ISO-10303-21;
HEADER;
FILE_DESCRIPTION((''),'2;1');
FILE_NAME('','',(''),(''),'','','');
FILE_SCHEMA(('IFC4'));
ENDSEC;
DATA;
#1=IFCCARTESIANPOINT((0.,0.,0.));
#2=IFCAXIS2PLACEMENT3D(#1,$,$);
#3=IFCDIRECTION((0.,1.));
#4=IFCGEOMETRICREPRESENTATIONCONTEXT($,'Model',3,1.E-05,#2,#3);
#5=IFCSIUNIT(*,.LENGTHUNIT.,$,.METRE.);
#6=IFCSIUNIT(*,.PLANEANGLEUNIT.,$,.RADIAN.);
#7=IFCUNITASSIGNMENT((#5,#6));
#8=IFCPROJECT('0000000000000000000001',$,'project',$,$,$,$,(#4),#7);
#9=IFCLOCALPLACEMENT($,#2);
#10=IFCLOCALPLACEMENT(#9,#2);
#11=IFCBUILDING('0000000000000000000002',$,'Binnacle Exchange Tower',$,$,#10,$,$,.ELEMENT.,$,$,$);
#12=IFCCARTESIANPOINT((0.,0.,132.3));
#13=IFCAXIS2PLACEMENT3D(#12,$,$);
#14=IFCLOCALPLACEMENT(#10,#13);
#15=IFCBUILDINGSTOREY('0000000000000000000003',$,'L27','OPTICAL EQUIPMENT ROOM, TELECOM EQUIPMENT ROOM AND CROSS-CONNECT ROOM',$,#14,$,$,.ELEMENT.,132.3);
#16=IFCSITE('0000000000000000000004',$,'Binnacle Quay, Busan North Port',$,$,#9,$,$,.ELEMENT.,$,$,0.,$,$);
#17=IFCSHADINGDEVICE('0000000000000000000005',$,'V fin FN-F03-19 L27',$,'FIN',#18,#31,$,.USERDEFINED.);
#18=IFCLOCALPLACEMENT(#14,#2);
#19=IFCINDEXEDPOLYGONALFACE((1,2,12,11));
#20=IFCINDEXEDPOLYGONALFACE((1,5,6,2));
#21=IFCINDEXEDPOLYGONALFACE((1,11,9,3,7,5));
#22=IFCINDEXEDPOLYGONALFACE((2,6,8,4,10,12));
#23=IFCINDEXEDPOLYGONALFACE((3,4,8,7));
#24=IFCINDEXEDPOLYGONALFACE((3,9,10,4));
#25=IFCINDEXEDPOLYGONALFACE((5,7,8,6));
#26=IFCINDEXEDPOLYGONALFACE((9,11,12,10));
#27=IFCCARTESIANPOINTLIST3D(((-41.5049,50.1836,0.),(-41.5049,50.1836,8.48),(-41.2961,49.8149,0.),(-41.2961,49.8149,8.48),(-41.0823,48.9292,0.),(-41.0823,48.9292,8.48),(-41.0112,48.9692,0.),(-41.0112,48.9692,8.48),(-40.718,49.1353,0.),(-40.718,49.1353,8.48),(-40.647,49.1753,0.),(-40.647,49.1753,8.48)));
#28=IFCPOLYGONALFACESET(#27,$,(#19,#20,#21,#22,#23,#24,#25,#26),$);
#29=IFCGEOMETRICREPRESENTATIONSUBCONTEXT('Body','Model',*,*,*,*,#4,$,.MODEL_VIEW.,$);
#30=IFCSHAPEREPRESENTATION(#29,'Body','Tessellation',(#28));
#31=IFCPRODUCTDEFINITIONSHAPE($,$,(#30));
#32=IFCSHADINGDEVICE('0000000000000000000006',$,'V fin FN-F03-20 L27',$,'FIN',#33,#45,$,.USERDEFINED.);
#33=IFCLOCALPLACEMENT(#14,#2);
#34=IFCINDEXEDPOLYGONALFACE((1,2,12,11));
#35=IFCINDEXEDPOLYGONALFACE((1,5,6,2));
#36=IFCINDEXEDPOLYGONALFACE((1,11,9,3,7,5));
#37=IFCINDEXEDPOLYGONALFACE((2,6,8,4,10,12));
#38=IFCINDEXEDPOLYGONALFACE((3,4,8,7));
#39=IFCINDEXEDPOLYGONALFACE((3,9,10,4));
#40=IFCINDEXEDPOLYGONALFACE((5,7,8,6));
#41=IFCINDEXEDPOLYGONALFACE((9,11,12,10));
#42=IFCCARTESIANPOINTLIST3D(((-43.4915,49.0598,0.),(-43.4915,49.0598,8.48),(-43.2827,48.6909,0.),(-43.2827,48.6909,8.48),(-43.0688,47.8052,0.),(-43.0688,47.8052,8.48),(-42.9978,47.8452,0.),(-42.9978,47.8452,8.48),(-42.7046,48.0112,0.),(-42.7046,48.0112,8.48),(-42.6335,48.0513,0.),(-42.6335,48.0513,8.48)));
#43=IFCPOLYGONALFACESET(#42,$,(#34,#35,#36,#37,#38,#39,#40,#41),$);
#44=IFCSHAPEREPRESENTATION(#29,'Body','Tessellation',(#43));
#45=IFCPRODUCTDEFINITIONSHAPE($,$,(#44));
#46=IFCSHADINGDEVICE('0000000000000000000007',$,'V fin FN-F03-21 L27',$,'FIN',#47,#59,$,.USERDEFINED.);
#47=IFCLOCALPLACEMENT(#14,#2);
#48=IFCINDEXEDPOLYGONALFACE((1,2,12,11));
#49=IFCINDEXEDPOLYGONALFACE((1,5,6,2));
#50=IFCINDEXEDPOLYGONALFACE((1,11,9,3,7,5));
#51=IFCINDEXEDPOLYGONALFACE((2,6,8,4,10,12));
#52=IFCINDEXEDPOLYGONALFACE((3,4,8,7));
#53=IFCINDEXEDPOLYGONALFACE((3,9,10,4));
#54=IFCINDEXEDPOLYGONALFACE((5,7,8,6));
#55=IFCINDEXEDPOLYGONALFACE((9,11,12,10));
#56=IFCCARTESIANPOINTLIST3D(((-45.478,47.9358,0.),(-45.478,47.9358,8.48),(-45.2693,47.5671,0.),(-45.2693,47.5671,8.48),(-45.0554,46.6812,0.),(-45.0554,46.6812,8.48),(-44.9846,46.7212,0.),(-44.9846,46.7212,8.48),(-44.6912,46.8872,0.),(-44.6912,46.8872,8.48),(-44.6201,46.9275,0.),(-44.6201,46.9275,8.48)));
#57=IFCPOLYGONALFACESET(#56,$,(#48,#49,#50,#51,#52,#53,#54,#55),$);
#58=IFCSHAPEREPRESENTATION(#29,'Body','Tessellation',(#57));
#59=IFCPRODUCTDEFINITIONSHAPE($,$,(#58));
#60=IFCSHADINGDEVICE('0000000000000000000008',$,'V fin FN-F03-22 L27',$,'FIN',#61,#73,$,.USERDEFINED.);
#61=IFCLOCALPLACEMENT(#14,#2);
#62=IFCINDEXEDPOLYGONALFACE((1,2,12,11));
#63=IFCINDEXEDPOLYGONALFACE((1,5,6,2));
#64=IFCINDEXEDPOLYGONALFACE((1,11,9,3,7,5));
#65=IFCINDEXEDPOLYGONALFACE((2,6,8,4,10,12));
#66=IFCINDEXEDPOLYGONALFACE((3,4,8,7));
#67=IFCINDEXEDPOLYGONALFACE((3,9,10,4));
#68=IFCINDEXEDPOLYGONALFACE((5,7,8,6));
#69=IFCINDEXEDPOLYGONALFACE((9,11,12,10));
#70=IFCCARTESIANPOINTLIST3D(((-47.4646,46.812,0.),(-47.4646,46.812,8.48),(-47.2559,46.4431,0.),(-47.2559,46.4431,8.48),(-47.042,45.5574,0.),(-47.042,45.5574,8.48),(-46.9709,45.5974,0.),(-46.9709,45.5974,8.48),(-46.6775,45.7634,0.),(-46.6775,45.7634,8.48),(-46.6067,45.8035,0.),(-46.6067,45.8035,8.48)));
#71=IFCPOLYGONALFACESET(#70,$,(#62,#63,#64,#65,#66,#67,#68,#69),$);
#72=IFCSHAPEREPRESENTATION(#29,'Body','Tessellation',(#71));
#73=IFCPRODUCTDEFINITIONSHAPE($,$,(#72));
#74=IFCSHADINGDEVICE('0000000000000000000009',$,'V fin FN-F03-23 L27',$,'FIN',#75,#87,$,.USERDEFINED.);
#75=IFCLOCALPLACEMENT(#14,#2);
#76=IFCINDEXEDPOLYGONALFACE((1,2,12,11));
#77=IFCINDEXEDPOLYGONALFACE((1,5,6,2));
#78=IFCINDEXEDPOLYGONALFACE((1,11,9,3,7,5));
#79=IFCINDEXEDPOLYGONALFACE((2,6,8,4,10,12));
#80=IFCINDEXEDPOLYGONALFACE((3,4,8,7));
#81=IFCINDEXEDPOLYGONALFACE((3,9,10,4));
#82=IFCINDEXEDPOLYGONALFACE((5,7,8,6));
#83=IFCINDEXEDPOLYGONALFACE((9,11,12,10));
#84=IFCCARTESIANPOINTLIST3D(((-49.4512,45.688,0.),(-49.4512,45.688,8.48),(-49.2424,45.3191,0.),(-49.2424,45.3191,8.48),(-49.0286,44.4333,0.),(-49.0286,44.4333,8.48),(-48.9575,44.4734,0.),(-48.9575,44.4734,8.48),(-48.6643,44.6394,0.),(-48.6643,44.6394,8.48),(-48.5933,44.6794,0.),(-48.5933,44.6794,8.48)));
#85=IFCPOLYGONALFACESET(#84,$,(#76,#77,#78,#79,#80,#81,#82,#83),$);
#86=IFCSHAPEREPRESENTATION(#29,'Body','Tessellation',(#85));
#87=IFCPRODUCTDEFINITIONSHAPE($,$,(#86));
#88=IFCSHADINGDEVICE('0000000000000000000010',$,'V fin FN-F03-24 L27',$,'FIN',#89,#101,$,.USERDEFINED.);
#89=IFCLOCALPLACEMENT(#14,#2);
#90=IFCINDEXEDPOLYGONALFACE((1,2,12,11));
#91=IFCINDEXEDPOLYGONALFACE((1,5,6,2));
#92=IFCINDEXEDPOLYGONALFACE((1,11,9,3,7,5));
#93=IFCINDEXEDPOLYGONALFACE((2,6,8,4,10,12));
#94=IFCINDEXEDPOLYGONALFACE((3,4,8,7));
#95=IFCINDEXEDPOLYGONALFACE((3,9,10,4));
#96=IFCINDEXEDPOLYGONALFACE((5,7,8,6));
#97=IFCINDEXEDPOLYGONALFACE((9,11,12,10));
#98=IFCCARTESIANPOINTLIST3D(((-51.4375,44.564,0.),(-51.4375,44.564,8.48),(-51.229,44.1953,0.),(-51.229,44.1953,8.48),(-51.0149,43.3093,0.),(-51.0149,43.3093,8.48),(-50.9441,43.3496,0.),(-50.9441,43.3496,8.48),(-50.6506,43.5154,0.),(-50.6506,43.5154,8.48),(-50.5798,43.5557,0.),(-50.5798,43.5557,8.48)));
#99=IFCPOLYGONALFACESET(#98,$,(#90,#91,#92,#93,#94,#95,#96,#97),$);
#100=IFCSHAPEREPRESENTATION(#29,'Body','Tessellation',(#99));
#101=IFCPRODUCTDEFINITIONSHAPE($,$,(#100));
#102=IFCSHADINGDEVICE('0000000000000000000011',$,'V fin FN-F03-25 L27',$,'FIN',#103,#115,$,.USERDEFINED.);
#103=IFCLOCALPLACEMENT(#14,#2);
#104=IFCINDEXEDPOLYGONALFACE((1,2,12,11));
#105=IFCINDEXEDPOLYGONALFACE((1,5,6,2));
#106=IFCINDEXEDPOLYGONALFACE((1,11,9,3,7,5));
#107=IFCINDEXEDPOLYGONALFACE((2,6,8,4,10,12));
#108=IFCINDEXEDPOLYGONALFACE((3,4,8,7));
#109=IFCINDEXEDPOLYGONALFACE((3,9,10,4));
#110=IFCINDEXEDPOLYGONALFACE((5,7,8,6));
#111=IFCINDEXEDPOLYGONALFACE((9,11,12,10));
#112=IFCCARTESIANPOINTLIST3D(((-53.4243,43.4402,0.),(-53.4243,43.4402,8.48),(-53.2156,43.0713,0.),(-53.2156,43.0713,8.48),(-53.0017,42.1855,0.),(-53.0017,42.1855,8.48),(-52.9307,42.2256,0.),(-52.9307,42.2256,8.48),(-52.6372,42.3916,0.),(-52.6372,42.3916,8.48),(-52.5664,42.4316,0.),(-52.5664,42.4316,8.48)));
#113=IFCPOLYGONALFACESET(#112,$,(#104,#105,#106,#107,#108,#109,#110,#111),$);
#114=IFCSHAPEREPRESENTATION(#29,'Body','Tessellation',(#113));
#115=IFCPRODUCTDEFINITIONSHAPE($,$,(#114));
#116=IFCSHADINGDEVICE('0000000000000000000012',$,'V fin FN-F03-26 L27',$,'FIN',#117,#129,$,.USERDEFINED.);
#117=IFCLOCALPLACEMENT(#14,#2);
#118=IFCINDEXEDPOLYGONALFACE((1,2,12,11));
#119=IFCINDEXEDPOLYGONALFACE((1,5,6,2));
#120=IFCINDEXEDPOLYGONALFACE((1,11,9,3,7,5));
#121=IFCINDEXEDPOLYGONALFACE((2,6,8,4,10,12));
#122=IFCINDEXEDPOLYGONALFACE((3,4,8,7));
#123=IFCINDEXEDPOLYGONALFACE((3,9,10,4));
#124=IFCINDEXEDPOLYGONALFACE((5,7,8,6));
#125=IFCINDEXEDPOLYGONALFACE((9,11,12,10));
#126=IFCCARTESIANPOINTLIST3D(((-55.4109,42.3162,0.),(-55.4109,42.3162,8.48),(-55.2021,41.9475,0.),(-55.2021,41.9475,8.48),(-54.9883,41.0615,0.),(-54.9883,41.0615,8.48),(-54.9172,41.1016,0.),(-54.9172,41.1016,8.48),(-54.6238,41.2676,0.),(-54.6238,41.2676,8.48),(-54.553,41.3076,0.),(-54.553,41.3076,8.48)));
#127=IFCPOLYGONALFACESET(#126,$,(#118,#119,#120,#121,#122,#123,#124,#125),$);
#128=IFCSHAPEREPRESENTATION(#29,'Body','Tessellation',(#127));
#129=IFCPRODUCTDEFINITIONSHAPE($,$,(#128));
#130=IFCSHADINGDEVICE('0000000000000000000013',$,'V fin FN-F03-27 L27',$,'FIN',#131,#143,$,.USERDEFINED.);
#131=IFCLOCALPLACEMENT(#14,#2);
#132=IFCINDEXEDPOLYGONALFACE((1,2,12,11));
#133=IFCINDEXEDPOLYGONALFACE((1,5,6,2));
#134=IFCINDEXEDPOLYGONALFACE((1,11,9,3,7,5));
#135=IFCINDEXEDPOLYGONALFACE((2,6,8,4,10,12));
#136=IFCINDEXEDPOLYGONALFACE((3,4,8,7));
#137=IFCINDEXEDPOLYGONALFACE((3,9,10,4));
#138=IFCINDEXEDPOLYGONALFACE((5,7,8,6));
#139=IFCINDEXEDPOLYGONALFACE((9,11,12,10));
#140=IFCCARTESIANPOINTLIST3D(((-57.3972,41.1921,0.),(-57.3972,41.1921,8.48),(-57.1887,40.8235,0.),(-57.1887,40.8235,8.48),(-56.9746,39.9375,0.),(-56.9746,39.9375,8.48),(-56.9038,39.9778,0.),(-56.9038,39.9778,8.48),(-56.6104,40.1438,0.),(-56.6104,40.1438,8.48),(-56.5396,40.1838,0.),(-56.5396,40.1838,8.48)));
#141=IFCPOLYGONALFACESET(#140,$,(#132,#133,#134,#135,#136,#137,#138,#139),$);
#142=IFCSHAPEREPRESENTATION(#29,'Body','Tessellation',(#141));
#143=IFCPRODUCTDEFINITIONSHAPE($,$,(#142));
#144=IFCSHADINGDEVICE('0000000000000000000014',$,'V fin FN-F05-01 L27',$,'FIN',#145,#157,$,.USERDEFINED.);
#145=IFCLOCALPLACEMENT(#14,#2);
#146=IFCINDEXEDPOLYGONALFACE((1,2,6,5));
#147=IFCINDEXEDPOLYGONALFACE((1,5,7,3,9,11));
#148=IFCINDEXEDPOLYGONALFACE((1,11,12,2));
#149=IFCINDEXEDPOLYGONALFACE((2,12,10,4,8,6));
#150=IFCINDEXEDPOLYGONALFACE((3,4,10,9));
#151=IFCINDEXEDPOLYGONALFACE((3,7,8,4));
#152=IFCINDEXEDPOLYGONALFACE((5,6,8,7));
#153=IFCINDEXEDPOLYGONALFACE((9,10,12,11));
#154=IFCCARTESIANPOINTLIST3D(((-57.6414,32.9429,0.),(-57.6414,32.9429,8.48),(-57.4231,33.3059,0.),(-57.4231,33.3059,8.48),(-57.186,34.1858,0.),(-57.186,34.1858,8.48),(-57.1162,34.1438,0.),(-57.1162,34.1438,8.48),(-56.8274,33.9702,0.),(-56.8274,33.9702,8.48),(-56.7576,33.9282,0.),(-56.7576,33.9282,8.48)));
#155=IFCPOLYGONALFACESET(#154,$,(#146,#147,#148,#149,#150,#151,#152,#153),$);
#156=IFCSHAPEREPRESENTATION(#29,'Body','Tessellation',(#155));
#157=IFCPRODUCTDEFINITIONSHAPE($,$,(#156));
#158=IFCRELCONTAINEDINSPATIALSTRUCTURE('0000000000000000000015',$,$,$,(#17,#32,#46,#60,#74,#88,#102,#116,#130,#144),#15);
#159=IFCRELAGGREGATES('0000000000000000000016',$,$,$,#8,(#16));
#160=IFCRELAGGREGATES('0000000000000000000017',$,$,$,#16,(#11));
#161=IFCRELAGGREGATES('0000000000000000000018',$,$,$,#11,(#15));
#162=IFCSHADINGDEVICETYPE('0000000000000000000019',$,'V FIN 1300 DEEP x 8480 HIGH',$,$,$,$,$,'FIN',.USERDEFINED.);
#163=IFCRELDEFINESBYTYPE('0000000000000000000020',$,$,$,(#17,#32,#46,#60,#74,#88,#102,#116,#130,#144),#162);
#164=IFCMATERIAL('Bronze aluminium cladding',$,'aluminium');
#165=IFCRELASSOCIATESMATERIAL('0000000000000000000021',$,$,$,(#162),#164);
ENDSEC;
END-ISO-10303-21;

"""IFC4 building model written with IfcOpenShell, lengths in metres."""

from ifc_helpers import new_model, si_unit, direction, frame, origin, place, context, subcontext, project, spatial, polyline, outline, extrude, material, type_object, element, save


model = new_model("IFC4")

# Units and contexts
model_context = context("Model", 3, precision=1e-05, world=origin(), true_north=direction((0.0, 1.0)))
body_context = subcontext(model_context, "Body", "Model", "MODEL_VIEW")
ifc_project = project(units=[si_unit("LENGTHUNIT", "METRE"), si_unit("PLANEANGLEUNIT", "RADIAN")], contexts=[model_context])

# Site, building, storey
site_placement = place(None, origin())
site = spatial("IfcSite", under=ifc_project, at=site_placement, Name="Binnacle Quay, Busan North Port", CompositionType="ELEMENT", RefElevation=0.0)
building_placement = place(site_placement, origin())
building = spatial("IfcBuilding", under=site, at=building_placement, Name="Binnacle Exchange Tower", CompositionType="ELEMENT")
storey_placement = place(building_placement, frame((0.0, 0.0, 132.3)))
storey = spatial("IfcBuildingStorey", under=building, at=storey_placement, Name="L27", Description="OPTICAL EQUIPMENT ROOM, TELECOM EQUIPMENT ROOM AND CROSS-CONNECT ROOM", CompositionType="ELEMENT", Elevation=132.3)

# Shading devices
ifc_material = material(Name="Bronze aluminium cladding", Category="aluminium")
shading_device_type = type_object("IfcShadingDeviceType", Name="V FIN 1300 DEEP x 8480 HIGH", ElementType="FIN", PredefinedType="USERDEFINED", material=ifc_material)
shading_device_1_placement = place(storey_placement, origin())
element("IfcShadingDevice", 1, at=shading_device_1_placement, inside=storey, type_object=shading_device_type, Name="V fin FN-F03-19 L27", ObjectType="FIN", PredefinedType="USERDEFINED", context=body_context, shape_type="SweptSolid", body=[
    extrude(outline(polyline([(-40.647, 49.1753), (-41.5049, 50.1836), (-41.0823, 48.9292), (-41.0112, 48.9692), (-41.2961, 49.8149), (-40.718, 49.1353), (-40.647, 49.1753)])), origin(), (0.0, 0.0, 1.0), 8.48),
])
shading_device_2_placement = place(storey_placement, origin())
element("IfcShadingDevice", 2, at=shading_device_2_placement, inside=storey, type_object=shading_device_type, Name="V fin FN-F03-20 L27", ObjectType="FIN", PredefinedType="USERDEFINED", context=body_context, shape_type="SweptSolid", body=[
    extrude(outline(polyline([(-42.6335, 48.0513), (-43.4915, 49.0598), (-43.0688, 47.8052), (-42.9978, 47.8452), (-43.2827, 48.6909), (-42.7046, 48.0112), (-42.6335, 48.0513)])), origin(), (0.0, 0.0, 1.0), 8.48),
])
shading_device_3_placement = place(storey_placement, origin())
element("IfcShadingDevice", 3, at=shading_device_3_placement, inside=storey, type_object=shading_device_type, Name="V fin FN-F03-21 L27", ObjectType="FIN", PredefinedType="USERDEFINED", context=body_context, shape_type="SweptSolid", body=[
    extrude(outline(polyline([(-44.6201, 46.9275), (-45.478, 47.9358), (-45.0554, 46.6812), (-44.9846, 46.7212), (-45.2693, 47.5671), (-44.6912, 46.8872), (-44.6201, 46.9275)])), origin(), (0.0, 0.0, 1.0), 8.48),
])
shading_device_4_placement = place(storey_placement, origin())
element("IfcShadingDevice", 4, at=shading_device_4_placement, inside=storey, type_object=shading_device_type, Name="V fin FN-F03-22 L27", ObjectType="FIN", PredefinedType="USERDEFINED", context=body_context, shape_type="SweptSolid", body=[
    extrude(outline(polyline([(-46.6067, 45.8035), (-47.4646, 46.812), (-47.042, 45.5574), (-46.9709, 45.5974), (-47.2559, 46.4431), (-46.6775, 45.7634), (-46.6067, 45.8035)])), origin(), (0.0, 0.0, 1.0), 8.48),
])
shading_device_5_placement = place(storey_placement, origin())
element("IfcShadingDevice", 5, at=shading_device_5_placement, inside=storey, type_object=shading_device_type, Name="V fin FN-F03-23 L27", ObjectType="FIN", PredefinedType="USERDEFINED", context=body_context, shape_type="SweptSolid", body=[
    extrude(outline(polyline([(-48.5933, 44.6794), (-49.4512, 45.688), (-49.0286, 44.4333), (-48.9575, 44.4734), (-49.2424, 45.3191), (-48.6643, 44.6394), (-48.5933, 44.6794)])), origin(), (0.0, 0.0, 1.0), 8.48),
])
shading_device_6_placement = place(storey_placement, origin())
element("IfcShadingDevice", 6, at=shading_device_6_placement, inside=storey, type_object=shading_device_type, Name="V fin FN-F03-24 L27", ObjectType="FIN", PredefinedType="USERDEFINED", context=body_context, shape_type="SweptSolid", body=[
    extrude(outline(polyline([(-50.5798, 43.5557), (-51.4375, 44.564), (-51.0149, 43.3093), (-50.9441, 43.3496), (-51.229, 44.1953), (-50.6506, 43.5154), (-50.5798, 43.5557)])), origin(), (0.0, 0.0, 1.0), 8.48),
])
shading_device_7_placement = place(storey_placement, origin())
element("IfcShadingDevice", 7, at=shading_device_7_placement, inside=storey, type_object=shading_device_type, Name="V fin FN-F03-25 L27", ObjectType="FIN", PredefinedType="USERDEFINED", context=body_context, shape_type="SweptSolid", body=[
    extrude(outline(polyline([(-52.5664, 42.4316), (-53.4243, 43.4402), (-53.0017, 42.1855), (-52.9307, 42.2256), (-53.2156, 43.0713), (-52.6372, 42.3916), (-52.5664, 42.4316)])), origin(), (0.0, 0.0, 1.0), 8.48),
])
shading_device_8_placement = place(storey_placement, origin())
element("IfcShadingDevice", 8, at=shading_device_8_placement, inside=storey, type_object=shading_device_type, Name="V fin FN-F03-26 L27", ObjectType="FIN", PredefinedType="USERDEFINED", context=body_context, shape_type="SweptSolid", body=[
    extrude(outline(polyline([(-54.553, 41.3076), (-55.4109, 42.3162), (-54.9883, 41.0615), (-54.9172, 41.1016), (-55.2021, 41.9475), (-54.6238, 41.2676), (-54.553, 41.3076)])), origin(), (0.0, 0.0, 1.0), 8.48),
])
shading_device_9_placement = place(storey_placement, origin())
element("IfcShadingDevice", 9, at=shading_device_9_placement, inside=storey, type_object=shading_device_type, Name="V fin FN-F03-27 L27", ObjectType="FIN", PredefinedType="USERDEFINED", context=body_context, shape_type="SweptSolid", body=[
    extrude(outline(polyline([(-56.5396, 40.1838), (-57.3972, 41.1921), (-56.9746, 39.9375), (-56.9038, 39.9778), (-57.1887, 40.8235), (-56.6104, 40.1438), (-56.5396, 40.1838)])), origin(), (0.0, 0.0, 1.0), 8.48),
])
shading_device_10_placement = place(storey_placement, origin())
element("IfcShadingDevice", 10, at=shading_device_10_placement, inside=storey, type_object=shading_device_type, Name="V fin FN-F05-01 L27", ObjectType="FIN", PredefinedType="USERDEFINED", context=body_context, shape_type="SweptSolid", body=[
    extrude(outline(polyline([(-57.186, 34.1858), (-57.6414, 32.9429), (-56.7576, 33.9282), (-56.8274, 33.9702), (-57.4231, 33.3059), (-57.1162, 34.1438), (-57.186, 34.1858)])), origin(), (0.0, 0.0, 1.0), 8.48),
])

save(model, "model.ifc")
